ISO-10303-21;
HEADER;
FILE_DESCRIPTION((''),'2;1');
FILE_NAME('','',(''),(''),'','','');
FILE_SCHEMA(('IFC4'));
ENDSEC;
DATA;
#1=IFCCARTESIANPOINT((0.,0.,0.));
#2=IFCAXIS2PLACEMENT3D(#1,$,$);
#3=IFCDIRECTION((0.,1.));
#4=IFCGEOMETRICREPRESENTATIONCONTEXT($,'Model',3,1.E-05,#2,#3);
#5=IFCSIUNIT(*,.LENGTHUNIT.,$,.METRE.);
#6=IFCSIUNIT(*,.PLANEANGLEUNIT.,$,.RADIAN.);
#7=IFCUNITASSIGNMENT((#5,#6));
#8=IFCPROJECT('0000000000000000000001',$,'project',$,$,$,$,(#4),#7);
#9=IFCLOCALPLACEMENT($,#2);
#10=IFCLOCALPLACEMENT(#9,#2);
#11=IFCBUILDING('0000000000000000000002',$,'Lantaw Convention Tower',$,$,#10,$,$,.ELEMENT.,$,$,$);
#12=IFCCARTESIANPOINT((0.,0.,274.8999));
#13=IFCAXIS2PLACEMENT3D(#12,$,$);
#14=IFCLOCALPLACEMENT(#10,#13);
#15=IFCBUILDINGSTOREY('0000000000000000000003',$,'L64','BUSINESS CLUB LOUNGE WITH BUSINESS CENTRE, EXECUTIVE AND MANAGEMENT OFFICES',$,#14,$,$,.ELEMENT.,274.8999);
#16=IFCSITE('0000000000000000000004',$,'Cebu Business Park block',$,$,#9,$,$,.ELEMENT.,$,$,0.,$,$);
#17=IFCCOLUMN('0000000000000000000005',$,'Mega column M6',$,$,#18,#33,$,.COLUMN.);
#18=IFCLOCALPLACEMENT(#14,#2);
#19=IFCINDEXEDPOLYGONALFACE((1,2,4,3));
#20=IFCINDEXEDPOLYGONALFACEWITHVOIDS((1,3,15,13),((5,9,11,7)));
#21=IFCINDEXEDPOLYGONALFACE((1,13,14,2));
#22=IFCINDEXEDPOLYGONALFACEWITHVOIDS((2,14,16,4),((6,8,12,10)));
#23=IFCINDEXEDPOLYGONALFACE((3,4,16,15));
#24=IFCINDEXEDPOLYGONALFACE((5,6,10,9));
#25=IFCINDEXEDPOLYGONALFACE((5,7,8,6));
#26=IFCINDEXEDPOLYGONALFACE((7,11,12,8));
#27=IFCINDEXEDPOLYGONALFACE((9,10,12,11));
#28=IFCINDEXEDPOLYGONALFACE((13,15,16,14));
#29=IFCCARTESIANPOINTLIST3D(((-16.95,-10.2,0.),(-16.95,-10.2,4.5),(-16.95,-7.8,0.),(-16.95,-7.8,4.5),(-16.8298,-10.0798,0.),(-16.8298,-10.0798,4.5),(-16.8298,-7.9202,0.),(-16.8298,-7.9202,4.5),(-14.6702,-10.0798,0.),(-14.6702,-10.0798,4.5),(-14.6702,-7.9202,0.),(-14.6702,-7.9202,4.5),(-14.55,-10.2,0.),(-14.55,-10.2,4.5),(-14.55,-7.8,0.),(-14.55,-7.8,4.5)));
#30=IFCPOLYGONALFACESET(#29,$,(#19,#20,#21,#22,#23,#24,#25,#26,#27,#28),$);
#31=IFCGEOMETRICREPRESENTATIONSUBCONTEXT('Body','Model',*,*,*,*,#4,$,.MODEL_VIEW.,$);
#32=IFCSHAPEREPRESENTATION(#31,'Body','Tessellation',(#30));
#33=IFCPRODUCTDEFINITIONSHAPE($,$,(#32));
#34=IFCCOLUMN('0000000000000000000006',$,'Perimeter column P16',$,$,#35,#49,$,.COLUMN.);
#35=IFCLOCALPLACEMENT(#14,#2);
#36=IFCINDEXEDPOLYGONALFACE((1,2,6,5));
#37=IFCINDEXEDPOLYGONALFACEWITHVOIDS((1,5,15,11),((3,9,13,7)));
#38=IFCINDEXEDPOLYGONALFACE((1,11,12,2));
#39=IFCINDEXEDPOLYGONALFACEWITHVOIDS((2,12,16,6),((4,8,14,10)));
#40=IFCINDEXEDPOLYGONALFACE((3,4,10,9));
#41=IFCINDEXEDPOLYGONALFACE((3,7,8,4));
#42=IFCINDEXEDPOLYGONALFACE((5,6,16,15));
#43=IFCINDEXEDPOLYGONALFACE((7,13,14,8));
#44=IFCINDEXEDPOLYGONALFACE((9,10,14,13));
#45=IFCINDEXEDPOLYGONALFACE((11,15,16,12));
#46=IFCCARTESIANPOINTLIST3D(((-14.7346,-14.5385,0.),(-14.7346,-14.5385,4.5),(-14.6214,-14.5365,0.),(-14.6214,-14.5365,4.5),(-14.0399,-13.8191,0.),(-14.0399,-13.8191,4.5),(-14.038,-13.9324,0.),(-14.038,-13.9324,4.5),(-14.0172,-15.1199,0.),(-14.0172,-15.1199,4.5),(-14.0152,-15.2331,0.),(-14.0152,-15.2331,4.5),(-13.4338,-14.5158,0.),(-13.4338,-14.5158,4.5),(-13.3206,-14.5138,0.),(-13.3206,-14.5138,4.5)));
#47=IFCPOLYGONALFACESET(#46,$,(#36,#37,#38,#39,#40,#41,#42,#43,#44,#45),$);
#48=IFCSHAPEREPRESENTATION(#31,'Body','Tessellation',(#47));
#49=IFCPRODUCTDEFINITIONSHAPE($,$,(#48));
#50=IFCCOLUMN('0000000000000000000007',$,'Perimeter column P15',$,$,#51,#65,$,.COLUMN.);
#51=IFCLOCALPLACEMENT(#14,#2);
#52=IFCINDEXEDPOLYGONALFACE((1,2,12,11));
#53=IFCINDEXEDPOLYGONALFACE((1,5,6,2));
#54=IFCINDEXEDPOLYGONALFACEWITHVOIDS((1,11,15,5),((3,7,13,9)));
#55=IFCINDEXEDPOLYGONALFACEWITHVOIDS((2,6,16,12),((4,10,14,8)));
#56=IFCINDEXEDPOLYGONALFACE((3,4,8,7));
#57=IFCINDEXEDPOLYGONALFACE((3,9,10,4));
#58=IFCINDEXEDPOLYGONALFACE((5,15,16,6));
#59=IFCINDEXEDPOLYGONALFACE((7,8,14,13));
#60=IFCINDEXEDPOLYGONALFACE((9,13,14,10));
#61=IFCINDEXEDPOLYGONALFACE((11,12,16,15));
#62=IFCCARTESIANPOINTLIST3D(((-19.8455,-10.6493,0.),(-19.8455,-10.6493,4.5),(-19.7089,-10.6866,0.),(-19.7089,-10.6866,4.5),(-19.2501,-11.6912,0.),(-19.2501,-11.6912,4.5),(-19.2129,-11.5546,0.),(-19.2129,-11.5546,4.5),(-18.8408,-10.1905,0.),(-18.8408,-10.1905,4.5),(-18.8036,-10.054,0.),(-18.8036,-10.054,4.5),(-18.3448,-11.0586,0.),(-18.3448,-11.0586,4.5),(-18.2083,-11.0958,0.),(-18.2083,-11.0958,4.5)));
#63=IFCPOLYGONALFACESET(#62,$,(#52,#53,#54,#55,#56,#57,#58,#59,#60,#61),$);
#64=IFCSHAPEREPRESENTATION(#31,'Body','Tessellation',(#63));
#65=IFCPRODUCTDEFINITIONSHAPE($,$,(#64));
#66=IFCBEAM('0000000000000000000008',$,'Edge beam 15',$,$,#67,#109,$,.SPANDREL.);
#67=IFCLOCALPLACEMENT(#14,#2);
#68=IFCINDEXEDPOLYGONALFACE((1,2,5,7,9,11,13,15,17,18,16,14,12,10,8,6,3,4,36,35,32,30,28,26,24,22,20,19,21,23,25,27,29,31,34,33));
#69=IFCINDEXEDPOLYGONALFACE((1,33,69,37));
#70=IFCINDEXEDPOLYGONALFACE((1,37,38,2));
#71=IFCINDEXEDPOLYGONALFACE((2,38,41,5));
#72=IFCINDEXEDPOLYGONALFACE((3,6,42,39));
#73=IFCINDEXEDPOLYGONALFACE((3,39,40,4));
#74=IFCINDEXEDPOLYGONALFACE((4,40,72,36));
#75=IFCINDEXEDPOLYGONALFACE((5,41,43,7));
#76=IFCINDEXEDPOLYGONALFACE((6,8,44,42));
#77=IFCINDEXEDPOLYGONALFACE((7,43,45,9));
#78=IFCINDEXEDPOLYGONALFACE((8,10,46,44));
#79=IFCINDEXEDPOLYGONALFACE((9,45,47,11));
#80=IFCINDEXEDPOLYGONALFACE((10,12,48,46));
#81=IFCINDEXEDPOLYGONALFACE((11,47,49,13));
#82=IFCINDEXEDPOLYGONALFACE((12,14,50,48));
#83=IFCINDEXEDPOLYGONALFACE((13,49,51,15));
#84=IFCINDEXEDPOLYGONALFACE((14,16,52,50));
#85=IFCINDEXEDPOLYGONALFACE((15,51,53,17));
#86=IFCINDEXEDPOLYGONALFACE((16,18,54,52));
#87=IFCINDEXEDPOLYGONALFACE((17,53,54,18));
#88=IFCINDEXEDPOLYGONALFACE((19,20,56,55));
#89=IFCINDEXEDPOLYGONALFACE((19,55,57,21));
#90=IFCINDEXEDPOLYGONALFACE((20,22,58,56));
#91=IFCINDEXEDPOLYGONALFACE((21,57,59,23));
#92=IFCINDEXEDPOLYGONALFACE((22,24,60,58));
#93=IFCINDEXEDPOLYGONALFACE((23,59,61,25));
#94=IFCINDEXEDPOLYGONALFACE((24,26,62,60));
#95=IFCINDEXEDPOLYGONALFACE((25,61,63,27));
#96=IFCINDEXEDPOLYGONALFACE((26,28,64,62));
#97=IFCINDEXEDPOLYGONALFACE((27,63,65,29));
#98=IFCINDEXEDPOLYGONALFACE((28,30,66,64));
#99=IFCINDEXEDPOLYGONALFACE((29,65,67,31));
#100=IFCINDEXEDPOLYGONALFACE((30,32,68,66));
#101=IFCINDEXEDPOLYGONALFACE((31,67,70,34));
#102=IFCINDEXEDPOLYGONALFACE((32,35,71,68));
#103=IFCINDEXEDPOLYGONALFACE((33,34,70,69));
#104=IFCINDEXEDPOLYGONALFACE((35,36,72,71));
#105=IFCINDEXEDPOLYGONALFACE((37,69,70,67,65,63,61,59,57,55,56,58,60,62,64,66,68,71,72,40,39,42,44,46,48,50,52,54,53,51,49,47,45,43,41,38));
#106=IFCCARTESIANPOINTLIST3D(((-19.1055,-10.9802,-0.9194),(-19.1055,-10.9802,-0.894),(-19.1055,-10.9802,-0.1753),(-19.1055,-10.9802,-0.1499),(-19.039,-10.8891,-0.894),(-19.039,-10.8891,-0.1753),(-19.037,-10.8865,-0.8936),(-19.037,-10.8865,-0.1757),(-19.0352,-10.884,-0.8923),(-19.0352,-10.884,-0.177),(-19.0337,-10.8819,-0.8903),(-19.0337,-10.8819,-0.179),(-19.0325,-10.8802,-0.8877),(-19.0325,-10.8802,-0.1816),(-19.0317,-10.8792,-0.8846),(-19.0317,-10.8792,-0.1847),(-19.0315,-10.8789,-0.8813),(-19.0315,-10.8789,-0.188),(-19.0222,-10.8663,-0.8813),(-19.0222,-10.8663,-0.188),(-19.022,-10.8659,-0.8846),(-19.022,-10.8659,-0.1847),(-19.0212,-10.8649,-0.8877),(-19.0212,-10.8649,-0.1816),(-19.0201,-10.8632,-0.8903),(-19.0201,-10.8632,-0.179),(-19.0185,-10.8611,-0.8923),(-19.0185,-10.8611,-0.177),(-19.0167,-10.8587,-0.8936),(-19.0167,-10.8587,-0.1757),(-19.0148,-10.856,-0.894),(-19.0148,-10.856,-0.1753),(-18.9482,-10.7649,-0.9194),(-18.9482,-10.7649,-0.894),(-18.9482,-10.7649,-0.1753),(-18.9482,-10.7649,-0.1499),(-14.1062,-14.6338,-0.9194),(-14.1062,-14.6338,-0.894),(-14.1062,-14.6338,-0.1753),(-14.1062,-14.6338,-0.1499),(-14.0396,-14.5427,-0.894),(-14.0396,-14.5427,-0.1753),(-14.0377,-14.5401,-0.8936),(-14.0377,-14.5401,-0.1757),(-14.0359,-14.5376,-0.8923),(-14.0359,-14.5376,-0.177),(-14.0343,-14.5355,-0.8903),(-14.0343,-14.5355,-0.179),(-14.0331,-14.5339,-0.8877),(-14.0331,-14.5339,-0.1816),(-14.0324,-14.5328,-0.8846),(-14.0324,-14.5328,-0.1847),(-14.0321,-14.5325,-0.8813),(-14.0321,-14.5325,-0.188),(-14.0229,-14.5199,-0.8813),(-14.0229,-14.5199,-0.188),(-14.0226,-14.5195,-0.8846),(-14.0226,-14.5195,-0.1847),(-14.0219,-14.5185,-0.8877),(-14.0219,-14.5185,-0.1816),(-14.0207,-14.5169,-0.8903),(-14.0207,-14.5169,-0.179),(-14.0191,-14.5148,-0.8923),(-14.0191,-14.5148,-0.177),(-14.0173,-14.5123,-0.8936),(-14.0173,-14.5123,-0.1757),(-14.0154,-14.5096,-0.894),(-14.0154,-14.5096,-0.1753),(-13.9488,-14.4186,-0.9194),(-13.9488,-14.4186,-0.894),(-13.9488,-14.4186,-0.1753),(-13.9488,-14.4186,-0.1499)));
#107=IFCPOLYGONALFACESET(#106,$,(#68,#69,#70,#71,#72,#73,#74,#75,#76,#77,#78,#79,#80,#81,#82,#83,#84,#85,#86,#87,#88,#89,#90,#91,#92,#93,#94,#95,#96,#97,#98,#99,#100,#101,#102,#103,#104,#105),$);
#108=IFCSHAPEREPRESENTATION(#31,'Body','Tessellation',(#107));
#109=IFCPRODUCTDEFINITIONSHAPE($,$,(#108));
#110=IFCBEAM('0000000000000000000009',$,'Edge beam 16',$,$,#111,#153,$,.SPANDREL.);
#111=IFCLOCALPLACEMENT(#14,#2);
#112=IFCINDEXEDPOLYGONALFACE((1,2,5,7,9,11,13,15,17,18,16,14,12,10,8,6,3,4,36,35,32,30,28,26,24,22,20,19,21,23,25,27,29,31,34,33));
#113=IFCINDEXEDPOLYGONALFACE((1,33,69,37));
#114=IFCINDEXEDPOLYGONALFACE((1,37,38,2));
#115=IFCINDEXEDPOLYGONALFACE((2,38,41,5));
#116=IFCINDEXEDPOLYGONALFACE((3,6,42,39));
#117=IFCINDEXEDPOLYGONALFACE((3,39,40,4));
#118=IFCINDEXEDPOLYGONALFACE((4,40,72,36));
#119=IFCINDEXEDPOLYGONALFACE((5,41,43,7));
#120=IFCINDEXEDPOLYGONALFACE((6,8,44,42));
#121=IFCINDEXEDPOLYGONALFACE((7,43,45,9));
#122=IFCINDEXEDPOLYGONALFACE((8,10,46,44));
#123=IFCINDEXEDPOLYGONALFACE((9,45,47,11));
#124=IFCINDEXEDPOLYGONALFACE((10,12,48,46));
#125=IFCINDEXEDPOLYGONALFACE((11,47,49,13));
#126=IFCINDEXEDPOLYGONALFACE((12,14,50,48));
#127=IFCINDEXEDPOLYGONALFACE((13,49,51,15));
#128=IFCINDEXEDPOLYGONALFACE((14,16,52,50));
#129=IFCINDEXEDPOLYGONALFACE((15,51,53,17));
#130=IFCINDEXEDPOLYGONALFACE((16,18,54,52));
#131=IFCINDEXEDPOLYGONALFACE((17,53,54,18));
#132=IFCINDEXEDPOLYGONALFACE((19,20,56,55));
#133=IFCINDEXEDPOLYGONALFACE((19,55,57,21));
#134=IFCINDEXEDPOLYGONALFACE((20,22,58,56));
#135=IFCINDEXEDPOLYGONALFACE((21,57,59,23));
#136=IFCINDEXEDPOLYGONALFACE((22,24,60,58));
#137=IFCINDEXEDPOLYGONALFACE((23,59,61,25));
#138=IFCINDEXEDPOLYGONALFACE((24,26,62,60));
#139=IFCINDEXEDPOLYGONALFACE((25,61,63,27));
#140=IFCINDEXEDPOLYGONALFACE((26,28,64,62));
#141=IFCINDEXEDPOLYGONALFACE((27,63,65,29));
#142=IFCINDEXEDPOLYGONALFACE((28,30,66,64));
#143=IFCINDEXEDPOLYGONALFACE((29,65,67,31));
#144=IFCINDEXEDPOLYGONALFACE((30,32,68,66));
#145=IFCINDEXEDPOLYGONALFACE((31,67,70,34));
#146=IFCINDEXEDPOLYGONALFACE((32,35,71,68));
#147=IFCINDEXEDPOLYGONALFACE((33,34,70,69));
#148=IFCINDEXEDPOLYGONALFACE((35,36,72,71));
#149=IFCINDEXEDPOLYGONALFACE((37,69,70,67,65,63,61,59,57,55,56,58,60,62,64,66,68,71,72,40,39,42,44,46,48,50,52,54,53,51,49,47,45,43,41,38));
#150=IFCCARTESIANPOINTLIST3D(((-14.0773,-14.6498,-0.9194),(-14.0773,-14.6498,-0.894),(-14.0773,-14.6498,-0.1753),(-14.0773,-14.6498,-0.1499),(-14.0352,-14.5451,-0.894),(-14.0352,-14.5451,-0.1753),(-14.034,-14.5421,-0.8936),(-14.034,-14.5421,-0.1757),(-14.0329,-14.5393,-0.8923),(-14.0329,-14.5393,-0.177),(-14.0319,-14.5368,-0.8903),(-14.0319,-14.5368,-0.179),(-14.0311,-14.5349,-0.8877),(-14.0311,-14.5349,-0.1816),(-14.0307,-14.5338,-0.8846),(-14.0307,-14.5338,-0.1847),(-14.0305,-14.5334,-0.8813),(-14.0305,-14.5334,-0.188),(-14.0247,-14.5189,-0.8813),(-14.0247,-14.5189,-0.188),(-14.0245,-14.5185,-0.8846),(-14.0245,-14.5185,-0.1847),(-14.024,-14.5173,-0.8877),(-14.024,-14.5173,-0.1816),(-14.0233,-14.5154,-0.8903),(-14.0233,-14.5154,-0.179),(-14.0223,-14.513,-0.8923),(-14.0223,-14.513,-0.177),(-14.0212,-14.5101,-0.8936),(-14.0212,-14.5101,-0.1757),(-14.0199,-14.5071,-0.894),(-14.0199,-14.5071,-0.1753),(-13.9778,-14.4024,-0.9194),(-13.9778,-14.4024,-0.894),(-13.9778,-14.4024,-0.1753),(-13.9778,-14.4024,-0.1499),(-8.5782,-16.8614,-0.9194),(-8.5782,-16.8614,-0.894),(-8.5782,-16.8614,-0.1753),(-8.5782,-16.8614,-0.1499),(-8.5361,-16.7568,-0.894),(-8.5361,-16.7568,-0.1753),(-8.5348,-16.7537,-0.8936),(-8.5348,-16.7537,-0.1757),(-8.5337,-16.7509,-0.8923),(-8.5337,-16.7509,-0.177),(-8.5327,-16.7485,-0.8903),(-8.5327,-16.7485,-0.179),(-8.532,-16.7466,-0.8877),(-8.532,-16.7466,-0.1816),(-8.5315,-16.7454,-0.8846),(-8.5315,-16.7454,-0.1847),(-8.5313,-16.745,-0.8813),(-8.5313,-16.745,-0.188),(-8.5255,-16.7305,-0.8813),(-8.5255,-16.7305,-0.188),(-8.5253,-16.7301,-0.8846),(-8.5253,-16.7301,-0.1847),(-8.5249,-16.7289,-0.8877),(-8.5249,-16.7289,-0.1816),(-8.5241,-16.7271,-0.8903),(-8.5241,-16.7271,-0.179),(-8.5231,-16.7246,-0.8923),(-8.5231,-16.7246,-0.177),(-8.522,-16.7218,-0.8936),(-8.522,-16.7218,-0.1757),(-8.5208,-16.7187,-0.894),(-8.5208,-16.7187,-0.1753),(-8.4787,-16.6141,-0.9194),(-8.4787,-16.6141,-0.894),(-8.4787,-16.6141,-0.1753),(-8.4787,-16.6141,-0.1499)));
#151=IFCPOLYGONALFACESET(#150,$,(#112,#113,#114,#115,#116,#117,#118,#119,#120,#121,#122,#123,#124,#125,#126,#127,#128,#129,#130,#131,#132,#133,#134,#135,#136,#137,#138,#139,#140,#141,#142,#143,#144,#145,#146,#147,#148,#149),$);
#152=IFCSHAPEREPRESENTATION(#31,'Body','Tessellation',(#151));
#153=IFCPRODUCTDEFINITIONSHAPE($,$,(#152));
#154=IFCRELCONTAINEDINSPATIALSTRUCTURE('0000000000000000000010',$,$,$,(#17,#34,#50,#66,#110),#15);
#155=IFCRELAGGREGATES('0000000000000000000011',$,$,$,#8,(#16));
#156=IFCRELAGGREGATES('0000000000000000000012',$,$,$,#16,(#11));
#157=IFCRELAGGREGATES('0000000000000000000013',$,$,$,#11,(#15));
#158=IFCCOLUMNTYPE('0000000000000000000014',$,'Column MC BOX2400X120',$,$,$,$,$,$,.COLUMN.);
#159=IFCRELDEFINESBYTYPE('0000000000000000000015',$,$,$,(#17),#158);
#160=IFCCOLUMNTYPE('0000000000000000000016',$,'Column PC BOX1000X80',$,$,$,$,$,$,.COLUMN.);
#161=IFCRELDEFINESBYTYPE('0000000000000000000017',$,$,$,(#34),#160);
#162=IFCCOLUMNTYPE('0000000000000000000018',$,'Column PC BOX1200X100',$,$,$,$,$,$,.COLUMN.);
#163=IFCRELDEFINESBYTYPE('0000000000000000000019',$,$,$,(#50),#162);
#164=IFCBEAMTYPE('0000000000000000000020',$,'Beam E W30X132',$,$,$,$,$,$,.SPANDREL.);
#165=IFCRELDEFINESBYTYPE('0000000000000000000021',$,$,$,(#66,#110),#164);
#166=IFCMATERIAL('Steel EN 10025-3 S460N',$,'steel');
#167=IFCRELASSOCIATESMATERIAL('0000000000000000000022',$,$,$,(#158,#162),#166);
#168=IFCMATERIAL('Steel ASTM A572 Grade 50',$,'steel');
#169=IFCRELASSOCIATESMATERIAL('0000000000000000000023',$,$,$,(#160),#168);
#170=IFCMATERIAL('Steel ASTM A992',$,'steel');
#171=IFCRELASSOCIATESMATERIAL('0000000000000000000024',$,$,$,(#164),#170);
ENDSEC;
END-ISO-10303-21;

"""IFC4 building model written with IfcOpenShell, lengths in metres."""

from ifc_helpers import new_model, si_unit, direction, frame, origin, origin_2d, place, context, subcontext, project, spatial, rectangle, hollow_rectangle, i_section, extrude, material, material_profile, profile_set, type_object, element, save


model = new_model("IFC4")

# Units and contexts
model_context = context("Model", 3, precision=1e-05, world=origin(), true_north=direction((0.0, 1.0)))
body_context = subcontext(model_context, "Body", "Model", "MODEL_VIEW")
ifc_project = project(units=[si_unit("LENGTHUNIT", "METRE"), si_unit("PLANEANGLEUNIT", "RADIAN")], contexts=[model_context])

# Site, building, storey
site_placement = place(None, origin())
site = spatial("IfcSite", under=ifc_project, at=site_placement, Name="Cebu Business Park block", CompositionType="ELEMENT", RefElevation=0.0)
building_placement = place(site_placement, origin())
building = spatial("IfcBuilding", under=site, at=building_placement, Name="Lantaw Convention Tower", CompositionType="ELEMENT")
storey_placement = place(building_placement, frame((0.0, 0.0, 274.8999)))
storey = spatial("IfcBuildingStorey", under=building, at=storey_placement, Name="L64", Description="BUSINESS CLUB LOUNGE WITH BUSINESS CENTRE, EXECUTIVE AND MANAGEMENT OFFICES", CompositionType="ELEMENT", Elevation=274.8999)

# Columns
ifc_material_1 = material(Name="Steel EN 10025-3 S460N", Category="steel")
ifc_material_profile_1 = material_profile(ifc_material_1, hollow_rectangle(XDim=2.3999, YDim=2.3999, WallThickness=0.1201, at=origin_2d()), Name="BOX2400X120")
ifc_material_2 = material(Name="Concrete C60/75", Category="concrete")
ifc_material_profile_2 = material_profile(ifc_material_2, rectangle(XDim=2.1599, YDim=2.1599, at=origin_2d()), Name="Concrete fill of BOX2400X120")
ifc_profile_set_1 = profile_set([ifc_material_profile_1, ifc_material_profile_2], Name="Steel EN 10025-3 S460N")
column_type_1 = type_object("IfcColumnType", Name="Column MC BOX2400X120", PredefinedType="COLUMN", material=ifc_profile_set_1)
column_1_placement = place(storey_placement, frame((-15.75, -9.0, 0.0), z_axis=(0.0, 0.0, 1.0), x_axis=(1.0, 0.0, 0.0)))
element("IfcColumn", 1, at=column_1_placement, inside=storey, type_object=column_type_1, Name="Mega column M6", PredefinedType="COLUMN", context=body_context, shape_type="SweptSolid", body=[
    extrude(hollow_rectangle(XDim=2.3999, YDim=2.3999, WallThickness=0.1201, at=origin_2d()), origin(), (0.0, 0.0, 1.0), 4.5),
])
ifc_material_3 = material(Name="Steel ASTM A572 Grade 50", Category="steel")
ifc_material_profile_3 = material_profile(ifc_material_3, hollow_rectangle(XDim=1.0, YDim=1.0, WallThickness=0.0801, at=origin_2d()), Name="BOX1000X80")
ifc_material_profile_4 = material_profile(ifc_material_2, rectangle(XDim=0.8401, YDim=0.8401, at=origin_2d()), Name="Concrete fill of BOX1000X80")
ifc_profile_set_2 = profile_set([ifc_material_profile_3, ifc_material_profile_4], Name="Steel ASTM A572 Grade 50")
column_type_2 = type_object("IfcColumnType", Name="Column PC BOX1000X80", PredefinedType="COLUMN", material=ifc_profile_set_2)
column_2_placement = place(storey_placement, frame((-14.0276, -14.5261, 0.0), z_axis=(0.0, 0.0, 1.0), x_axis=(0.694658, 0.71934, 0.0)))
element("IfcColumn", 2, at=column_2_placement, inside=storey, type_object=column_type_2, Name="Perimeter column P16", PredefinedType="COLUMN", context=body_context, shape_type="SweptSolid", body=[
    extrude(hollow_rectangle(XDim=1.0, YDim=1.0, WallThickness=0.0801, at=origin_2d()), origin(), (0.0, 0.0, 1.0), 4.5),
])
ifc_material_profile_5 = material_profile(ifc_material_1, hollow_rectangle(XDim=1.2, YDim=1.2, WallThickness=0.1001, at=origin_2d()), Name="BOX1200X100")
ifc_material_profile_6 = material_profile(ifc_material_2, rectangle(XDim=1.0, YDim=1.0, at=origin_2d()), Name="Concrete fill of BOX1200X100")
ifc_profile_set_3 = profile_set([ifc_material_profile_5, ifc_material_profile_6], Name="Steel EN 10025-3 S460N")
column_type_3 = type_object("IfcColumnType", Name="Column PC BOX1200X100", PredefinedType="COLUMN", material=ifc_profile_set_3)
column_3_placement = place(storey_placement, frame((-19.0269, -10.8726, 0.0), z_axis=(0.0, 0.0, 1.0), x_axis=(0.868243, 0.496139, 0.0)))
element("IfcColumn", 3, at=column_3_placement, inside=storey, type_object=column_type_3, Name="Perimeter column P15", PredefinedType="COLUMN", context=body_context, shape_type="SweptSolid", body=[
    extrude(hollow_rectangle(XDim=1.2, YDim=1.2, WallThickness=0.1001, at=origin_2d()), origin(), (0.0, 0.0, 1.0), 4.5),
])

# Beams
ifc_material_4 = material(Name="Steel ASTM A992", Category="steel")
ifc_material_profile_7 = material_profile(ifc_material_4, i_section(OverallWidth=0.2666, OverallDepth=0.7695, WebThickness=0.0156, FlangeThickness=0.0254, FilletRadius=0.0127, at=origin_2d()), Name="W30X132")
ifc_profile_set_4 = profile_set([ifc_material_profile_7], Name="Steel ASTM A992")
beam_type_1 = type_object("IfcBeamType", Name="Beam E W30X132", PredefinedType="SPANDREL", material=ifc_profile_set_4)
beam_1_placement = place(storey_placement, frame((-19.0269, -10.8726, -0.5347), z_axis=(0.807372, -0.590043, 0.0), x_axis=(0.590043, 0.807372, 0.0)))
element("IfcBeam", 4, at=beam_1_placement, inside=storey, type_object=beam_type_1, Name="Edge beam 15", PredefinedType="SPANDREL", context=body_context, shape_type="SweptSolid", body=[
    extrude(i_section(OverallWidth=0.2666, OverallDepth=0.7695, WebThickness=0.0156, FlangeThickness=0.0254, FilletRadius=0.0127, at=origin_2d()), origin(), (0.0, 0.0, 1.0), 6.1921),
])
beam_2_placement = place(storey_placement, frame((-14.0276, -14.5261, -0.5347), z_axis=(0.927779, -0.37313, 0.0), x_axis=(0.37313, 0.927779, 0.0)))
element("IfcBeam", 5, at=beam_2_placement, inside=storey, type_object=beam_type_1, Name="Edge beam 16", PredefinedType="SPANDREL", context=body_context, shape_type="SweptSolid", body=[
    extrude(i_section(OverallWidth=0.2666, OverallDepth=0.7695, WebThickness=0.0156, FlangeThickness=0.0254, FilletRadius=0.0127, at=origin_2d()), origin(), (0.0, 0.0, 1.0), 5.9272),
])

save(model, "model.ifc")
